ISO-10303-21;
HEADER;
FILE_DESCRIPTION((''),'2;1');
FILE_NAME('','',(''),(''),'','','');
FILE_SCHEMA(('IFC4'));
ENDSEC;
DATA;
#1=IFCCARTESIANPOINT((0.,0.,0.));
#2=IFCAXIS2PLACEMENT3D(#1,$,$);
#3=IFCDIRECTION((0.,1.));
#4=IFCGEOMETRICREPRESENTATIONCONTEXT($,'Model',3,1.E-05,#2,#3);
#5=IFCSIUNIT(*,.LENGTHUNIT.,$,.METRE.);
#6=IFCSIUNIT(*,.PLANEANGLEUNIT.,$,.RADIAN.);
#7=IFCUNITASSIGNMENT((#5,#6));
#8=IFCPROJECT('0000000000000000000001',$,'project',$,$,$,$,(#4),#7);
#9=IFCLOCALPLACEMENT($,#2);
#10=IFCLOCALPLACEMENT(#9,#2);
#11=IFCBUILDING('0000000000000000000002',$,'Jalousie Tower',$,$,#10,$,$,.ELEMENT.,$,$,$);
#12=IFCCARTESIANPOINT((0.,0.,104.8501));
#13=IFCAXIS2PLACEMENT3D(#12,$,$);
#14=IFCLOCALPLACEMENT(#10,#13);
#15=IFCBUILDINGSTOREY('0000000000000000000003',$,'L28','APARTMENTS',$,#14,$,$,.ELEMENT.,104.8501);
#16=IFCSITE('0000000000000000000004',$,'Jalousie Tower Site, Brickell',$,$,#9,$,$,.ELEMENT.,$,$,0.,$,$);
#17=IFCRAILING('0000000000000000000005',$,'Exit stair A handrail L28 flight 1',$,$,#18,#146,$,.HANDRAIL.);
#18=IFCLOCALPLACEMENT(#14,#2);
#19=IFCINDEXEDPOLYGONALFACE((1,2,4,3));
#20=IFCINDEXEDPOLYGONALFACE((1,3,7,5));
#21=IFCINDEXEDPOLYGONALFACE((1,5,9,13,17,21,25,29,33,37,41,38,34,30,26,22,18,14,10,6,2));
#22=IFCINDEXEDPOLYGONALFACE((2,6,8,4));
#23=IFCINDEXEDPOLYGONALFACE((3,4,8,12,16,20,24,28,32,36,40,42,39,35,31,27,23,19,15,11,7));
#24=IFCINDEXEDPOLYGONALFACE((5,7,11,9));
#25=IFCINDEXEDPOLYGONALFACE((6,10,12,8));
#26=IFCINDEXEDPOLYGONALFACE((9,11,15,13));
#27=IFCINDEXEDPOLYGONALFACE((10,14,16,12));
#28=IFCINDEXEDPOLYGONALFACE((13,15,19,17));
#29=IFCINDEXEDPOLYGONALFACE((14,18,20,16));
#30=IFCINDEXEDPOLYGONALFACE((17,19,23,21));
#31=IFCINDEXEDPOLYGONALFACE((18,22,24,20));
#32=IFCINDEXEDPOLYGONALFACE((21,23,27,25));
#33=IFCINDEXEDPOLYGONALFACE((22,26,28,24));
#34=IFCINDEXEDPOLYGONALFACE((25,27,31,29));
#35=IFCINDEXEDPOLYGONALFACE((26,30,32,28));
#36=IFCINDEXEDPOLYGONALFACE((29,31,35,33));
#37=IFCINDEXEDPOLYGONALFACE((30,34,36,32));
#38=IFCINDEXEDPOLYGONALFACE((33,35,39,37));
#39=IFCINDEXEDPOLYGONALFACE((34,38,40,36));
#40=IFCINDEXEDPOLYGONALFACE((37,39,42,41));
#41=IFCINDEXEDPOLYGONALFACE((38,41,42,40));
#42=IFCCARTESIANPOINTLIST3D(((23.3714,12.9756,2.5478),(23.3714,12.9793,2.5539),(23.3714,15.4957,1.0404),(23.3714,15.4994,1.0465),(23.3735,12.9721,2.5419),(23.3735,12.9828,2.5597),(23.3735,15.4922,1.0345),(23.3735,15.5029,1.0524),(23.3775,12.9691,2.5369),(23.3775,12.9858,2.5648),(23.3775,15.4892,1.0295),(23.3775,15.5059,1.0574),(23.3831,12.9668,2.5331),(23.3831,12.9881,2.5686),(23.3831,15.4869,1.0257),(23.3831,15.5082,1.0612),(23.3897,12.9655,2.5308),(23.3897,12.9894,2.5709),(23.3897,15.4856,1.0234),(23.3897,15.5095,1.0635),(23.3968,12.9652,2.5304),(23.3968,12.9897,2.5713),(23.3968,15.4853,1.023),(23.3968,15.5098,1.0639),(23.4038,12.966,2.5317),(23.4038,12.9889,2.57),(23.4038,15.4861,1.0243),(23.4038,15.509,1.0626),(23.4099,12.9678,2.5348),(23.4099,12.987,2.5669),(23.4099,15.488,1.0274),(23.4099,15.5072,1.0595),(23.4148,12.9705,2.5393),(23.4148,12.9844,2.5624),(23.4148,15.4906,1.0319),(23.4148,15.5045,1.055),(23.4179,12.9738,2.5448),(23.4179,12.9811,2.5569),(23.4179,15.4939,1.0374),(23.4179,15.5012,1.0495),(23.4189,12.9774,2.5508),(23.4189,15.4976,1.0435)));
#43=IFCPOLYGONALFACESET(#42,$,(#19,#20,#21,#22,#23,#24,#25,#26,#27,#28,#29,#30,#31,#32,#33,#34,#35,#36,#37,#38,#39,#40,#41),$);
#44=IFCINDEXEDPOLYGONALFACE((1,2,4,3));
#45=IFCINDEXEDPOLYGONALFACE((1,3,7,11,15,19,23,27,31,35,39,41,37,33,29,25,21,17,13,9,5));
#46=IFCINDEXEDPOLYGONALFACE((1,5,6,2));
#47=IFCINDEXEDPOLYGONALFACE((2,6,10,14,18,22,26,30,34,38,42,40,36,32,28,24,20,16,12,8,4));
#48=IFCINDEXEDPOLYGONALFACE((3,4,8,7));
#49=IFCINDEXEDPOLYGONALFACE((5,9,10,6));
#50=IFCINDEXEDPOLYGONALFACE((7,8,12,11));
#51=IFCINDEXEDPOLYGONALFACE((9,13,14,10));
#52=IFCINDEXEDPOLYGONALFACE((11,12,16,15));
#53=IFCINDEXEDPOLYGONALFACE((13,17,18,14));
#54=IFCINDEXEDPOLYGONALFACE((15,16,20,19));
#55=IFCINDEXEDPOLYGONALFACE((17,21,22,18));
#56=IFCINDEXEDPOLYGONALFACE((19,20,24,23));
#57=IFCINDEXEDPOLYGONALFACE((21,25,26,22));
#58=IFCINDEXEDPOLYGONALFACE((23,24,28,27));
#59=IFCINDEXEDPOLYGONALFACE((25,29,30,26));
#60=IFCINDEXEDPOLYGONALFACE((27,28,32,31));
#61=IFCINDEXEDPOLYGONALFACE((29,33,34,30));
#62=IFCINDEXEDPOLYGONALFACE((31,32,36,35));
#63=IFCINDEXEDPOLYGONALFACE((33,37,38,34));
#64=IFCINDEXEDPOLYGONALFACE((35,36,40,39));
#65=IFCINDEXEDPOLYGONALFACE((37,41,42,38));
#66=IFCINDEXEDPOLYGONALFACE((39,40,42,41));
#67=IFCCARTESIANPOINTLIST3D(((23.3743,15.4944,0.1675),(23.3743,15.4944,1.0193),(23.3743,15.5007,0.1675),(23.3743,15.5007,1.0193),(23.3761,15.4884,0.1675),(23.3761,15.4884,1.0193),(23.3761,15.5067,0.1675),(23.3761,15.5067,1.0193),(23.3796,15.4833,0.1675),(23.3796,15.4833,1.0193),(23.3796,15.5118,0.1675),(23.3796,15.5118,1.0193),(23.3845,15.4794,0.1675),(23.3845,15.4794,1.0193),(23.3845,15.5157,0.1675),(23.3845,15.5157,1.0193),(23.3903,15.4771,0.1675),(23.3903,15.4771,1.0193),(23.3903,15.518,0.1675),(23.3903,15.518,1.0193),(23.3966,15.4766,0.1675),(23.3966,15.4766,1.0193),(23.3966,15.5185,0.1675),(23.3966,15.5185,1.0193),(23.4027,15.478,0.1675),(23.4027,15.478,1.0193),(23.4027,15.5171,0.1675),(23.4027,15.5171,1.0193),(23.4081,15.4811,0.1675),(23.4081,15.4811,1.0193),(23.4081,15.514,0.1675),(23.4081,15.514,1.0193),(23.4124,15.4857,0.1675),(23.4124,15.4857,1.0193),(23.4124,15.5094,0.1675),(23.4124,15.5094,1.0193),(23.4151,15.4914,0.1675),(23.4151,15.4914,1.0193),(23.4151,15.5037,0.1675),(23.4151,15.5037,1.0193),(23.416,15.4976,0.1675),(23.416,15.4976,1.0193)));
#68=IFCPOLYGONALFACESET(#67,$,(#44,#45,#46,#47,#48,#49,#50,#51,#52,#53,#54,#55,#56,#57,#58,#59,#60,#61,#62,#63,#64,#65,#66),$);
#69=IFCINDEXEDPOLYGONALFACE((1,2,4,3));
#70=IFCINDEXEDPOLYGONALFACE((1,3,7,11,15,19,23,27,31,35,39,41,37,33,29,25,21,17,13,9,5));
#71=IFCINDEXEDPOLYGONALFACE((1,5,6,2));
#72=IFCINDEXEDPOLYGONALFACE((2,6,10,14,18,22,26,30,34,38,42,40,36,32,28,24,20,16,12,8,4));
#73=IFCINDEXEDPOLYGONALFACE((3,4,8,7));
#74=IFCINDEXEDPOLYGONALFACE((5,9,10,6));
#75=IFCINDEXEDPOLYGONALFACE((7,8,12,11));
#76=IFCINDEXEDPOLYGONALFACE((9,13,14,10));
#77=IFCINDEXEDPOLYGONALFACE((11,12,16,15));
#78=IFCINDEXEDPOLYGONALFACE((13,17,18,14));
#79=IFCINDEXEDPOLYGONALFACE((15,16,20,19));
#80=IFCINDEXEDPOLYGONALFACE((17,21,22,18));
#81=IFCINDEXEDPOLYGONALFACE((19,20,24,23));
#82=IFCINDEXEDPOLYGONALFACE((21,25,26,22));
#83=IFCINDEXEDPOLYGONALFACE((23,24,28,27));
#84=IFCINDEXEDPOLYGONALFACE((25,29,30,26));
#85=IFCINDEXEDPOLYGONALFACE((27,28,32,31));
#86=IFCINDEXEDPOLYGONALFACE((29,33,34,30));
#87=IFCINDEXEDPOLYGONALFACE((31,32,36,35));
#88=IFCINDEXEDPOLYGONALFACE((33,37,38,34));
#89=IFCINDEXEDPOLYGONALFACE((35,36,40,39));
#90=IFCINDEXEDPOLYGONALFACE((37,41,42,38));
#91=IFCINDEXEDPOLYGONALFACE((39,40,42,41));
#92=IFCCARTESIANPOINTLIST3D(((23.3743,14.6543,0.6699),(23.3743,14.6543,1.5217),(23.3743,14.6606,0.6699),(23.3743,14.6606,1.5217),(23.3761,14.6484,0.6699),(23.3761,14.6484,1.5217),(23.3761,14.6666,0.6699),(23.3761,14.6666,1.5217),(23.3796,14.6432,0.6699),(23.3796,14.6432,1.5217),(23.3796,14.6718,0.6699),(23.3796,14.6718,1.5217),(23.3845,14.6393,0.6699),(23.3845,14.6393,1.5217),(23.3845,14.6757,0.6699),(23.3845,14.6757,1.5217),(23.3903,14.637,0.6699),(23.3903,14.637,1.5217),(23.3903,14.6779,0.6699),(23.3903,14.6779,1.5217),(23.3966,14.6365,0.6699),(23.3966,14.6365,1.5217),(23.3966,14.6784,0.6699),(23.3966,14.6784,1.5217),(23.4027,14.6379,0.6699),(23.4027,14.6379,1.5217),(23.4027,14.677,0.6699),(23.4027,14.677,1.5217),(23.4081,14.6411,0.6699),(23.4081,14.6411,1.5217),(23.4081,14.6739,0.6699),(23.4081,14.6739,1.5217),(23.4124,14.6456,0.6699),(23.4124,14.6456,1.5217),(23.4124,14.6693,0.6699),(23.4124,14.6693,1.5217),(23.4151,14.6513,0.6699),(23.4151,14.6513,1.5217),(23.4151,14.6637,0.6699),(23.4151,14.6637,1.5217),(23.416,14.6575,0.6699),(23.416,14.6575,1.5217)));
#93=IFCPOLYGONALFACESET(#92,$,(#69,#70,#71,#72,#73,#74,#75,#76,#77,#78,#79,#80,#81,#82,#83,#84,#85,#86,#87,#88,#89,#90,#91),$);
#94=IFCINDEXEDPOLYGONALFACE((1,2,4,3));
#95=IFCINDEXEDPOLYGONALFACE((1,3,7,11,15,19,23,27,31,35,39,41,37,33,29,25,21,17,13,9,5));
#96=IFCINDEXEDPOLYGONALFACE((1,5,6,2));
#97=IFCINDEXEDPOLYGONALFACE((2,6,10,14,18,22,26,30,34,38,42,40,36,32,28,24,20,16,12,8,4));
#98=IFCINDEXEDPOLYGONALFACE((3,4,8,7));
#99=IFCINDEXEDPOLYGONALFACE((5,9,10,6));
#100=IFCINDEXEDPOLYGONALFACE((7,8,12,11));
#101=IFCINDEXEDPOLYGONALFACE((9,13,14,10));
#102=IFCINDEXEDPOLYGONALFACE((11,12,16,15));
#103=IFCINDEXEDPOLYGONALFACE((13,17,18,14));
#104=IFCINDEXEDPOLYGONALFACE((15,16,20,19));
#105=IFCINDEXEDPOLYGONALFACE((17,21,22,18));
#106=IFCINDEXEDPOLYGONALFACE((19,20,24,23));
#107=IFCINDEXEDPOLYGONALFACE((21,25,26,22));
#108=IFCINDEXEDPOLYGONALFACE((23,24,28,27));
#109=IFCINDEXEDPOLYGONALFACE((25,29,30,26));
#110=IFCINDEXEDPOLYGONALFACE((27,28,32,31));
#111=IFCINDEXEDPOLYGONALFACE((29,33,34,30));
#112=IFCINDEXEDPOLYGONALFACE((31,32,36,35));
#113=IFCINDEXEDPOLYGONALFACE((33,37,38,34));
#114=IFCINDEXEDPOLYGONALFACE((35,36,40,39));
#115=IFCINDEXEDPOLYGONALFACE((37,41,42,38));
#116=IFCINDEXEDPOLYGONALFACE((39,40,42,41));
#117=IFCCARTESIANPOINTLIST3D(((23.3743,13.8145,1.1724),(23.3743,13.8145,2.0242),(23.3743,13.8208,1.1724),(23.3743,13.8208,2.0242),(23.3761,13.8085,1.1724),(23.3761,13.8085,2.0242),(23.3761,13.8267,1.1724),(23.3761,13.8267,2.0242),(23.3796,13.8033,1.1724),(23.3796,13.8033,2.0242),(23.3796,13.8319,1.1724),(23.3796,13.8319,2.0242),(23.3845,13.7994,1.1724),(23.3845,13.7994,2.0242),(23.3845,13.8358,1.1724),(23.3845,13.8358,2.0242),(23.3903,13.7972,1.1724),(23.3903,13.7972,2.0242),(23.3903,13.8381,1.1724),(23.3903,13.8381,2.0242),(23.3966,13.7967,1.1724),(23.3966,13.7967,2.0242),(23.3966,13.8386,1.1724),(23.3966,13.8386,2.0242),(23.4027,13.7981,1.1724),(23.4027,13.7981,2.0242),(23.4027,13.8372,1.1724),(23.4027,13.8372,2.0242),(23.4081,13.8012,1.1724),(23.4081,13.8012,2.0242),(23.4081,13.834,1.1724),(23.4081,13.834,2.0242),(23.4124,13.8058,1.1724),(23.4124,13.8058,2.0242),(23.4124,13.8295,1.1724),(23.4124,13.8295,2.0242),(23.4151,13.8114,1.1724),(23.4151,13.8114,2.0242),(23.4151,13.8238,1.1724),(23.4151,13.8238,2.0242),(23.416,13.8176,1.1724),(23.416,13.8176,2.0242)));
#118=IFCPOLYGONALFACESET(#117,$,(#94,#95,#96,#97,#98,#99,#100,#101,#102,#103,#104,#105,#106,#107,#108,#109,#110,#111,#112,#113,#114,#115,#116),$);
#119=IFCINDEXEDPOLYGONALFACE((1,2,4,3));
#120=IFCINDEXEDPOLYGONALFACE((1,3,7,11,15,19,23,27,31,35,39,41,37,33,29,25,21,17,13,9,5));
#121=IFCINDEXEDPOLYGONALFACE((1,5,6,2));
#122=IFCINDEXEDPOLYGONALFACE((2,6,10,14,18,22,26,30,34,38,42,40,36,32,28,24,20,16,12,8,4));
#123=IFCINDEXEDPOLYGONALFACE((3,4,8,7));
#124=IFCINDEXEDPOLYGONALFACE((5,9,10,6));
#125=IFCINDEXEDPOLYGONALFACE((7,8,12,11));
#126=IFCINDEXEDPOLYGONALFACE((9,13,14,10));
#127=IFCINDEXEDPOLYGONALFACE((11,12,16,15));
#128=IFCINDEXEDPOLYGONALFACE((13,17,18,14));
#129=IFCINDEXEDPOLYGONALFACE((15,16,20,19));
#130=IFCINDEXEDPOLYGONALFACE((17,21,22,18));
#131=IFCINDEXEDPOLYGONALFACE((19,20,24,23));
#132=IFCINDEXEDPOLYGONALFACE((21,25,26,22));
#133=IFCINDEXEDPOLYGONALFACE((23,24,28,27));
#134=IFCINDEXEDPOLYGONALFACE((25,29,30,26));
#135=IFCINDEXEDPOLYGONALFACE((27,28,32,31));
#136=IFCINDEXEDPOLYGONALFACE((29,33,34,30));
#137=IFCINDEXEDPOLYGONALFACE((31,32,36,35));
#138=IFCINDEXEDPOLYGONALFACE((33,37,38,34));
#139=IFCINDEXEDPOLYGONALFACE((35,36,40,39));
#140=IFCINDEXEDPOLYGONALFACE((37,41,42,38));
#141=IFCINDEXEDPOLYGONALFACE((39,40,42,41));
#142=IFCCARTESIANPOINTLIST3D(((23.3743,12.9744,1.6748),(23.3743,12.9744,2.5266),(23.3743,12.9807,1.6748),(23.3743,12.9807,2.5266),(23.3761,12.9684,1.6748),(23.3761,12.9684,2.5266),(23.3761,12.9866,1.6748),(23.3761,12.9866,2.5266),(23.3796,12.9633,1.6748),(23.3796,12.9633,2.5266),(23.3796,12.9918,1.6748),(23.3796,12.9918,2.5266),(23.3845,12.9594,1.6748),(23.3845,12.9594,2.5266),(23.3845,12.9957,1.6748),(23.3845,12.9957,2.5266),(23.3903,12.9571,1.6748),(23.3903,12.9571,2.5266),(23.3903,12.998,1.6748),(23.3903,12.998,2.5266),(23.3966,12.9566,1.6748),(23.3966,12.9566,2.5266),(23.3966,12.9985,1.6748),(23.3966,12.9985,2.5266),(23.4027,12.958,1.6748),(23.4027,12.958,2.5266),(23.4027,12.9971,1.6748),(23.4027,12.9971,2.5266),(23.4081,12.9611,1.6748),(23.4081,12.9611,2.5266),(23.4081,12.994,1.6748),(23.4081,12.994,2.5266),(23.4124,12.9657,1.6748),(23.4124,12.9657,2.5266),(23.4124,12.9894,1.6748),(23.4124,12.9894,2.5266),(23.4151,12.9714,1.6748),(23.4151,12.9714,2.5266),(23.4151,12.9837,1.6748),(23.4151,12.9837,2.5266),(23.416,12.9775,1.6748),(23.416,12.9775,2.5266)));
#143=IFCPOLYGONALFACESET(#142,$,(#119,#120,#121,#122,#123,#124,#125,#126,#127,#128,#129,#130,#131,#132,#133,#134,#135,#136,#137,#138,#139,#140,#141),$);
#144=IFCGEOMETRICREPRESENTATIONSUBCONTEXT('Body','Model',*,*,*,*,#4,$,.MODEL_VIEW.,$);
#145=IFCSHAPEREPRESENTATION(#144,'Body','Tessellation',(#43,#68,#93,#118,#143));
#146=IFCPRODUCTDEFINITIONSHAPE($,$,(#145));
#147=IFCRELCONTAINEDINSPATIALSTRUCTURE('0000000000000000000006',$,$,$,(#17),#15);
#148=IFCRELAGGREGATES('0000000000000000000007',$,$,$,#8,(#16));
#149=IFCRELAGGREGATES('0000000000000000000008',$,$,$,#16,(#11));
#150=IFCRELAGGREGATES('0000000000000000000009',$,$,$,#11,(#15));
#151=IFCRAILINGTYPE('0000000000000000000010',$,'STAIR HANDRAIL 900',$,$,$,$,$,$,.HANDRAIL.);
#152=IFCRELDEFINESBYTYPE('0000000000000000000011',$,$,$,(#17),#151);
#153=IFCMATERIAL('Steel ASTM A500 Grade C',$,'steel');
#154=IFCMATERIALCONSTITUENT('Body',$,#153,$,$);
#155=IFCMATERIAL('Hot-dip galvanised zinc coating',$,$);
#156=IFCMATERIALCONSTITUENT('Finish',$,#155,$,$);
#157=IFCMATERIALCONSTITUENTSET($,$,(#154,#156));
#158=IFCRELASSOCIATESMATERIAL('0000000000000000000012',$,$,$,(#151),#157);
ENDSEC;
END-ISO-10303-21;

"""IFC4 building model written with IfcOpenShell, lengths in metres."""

from ifc_helpers import new_model, si_unit, direction, frame, origin, origin_2d, place, context, subcontext, project, spatial, circle, extrude, material, constituent, constituent_set, type_object, element, save


model = new_model("IFC4")

# Units and contexts
model_context = context("Model", 3, precision=1e-05, world=origin(), true_north=direction((0.0, 1.0)))
body_context = subcontext(model_context, "Body", "Model", "MODEL_VIEW")
ifc_project = project(units=[si_unit("LENGTHUNIT", "METRE"), si_unit("PLANEANGLEUNIT", "RADIAN")], contexts=[model_context])

# Site, building, storey
site_placement = place(None, origin())
site = spatial("IfcSite", under=ifc_project, at=site_placement, Name="Jalousie Tower Site, Brickell", CompositionType="ELEMENT", RefElevation=0.0)
building_placement = place(site_placement, origin())
building = spatial("IfcBuilding", under=site, at=building_placement, Name="Jalousie Tower", CompositionType="ELEMENT")
storey_placement = place(building_placement, frame((0.0, 0.0, 104.8501)))
storey = spatial("IfcBuildingStorey", under=building, at=storey_placement, Name="L28", Description="APARTMENTS", CompositionType="ELEMENT", Elevation=104.8501)

# Railing
ifc_material_1 = material(Name="Steel ASTM A500 Grade C", Category="steel")
ifc_constituent_1 = constituent(ifc_material_1, Name="Body")
ifc_material_2 = material(Name="Hot-dip galvanised zinc coating")
ifc_constituent_2 = constituent(ifc_material_2, Name="Finish")
ifc_constituent_set_1 = constituent_set(constituents=[ifc_constituent_1, ifc_constituent_2])
railing_type = type_object("IfcRailingType", Name="STAIR HANDRAIL 900", PredefinedType="HANDRAIL", material=ifc_constituent_set_1)
railing_placement = place(storey_placement, frame((23.395, 15.4976, 0.1675)))
element("IfcRailing", 1, at=railing_placement, inside=storey, type_object=railing_type, Name="Exit stair A handrail L28 flight 1", PredefinedType="HANDRAIL", context=body_context, shape_type="SweptSolid", body=[
    extrude(circle(Radius=0.0239, at=origin_2d()), frame((0.0, 0.0, 0.876), z_axis=(0.0, -0.858196, 0.513321), x_axis=(1.0, 0.0, 0.0)), (0.0, 0.0, 1.0), 2.9365),
    extrude(circle(Radius=0.021, at=origin_2d()), origin(), (0.0, 0.0, 1.0), 0.8518),
    extrude(circle(Radius=0.021, at=origin_2d()), frame((0.0, -0.8401, 0.5024)), (0.0, 0.0, 1.0), 0.8518),
    extrude(circle(Radius=0.021, at=origin_2d()), frame((0.0, -1.6799, 1.0049)), (0.0, 0.0, 1.0), 0.8518),
    extrude(circle(Radius=0.021, at=origin_2d()), frame((0.0, -2.52, 1.5073)), (0.0, 0.0, 1.0), 0.8518),
])

save(model, "model.ifc")
